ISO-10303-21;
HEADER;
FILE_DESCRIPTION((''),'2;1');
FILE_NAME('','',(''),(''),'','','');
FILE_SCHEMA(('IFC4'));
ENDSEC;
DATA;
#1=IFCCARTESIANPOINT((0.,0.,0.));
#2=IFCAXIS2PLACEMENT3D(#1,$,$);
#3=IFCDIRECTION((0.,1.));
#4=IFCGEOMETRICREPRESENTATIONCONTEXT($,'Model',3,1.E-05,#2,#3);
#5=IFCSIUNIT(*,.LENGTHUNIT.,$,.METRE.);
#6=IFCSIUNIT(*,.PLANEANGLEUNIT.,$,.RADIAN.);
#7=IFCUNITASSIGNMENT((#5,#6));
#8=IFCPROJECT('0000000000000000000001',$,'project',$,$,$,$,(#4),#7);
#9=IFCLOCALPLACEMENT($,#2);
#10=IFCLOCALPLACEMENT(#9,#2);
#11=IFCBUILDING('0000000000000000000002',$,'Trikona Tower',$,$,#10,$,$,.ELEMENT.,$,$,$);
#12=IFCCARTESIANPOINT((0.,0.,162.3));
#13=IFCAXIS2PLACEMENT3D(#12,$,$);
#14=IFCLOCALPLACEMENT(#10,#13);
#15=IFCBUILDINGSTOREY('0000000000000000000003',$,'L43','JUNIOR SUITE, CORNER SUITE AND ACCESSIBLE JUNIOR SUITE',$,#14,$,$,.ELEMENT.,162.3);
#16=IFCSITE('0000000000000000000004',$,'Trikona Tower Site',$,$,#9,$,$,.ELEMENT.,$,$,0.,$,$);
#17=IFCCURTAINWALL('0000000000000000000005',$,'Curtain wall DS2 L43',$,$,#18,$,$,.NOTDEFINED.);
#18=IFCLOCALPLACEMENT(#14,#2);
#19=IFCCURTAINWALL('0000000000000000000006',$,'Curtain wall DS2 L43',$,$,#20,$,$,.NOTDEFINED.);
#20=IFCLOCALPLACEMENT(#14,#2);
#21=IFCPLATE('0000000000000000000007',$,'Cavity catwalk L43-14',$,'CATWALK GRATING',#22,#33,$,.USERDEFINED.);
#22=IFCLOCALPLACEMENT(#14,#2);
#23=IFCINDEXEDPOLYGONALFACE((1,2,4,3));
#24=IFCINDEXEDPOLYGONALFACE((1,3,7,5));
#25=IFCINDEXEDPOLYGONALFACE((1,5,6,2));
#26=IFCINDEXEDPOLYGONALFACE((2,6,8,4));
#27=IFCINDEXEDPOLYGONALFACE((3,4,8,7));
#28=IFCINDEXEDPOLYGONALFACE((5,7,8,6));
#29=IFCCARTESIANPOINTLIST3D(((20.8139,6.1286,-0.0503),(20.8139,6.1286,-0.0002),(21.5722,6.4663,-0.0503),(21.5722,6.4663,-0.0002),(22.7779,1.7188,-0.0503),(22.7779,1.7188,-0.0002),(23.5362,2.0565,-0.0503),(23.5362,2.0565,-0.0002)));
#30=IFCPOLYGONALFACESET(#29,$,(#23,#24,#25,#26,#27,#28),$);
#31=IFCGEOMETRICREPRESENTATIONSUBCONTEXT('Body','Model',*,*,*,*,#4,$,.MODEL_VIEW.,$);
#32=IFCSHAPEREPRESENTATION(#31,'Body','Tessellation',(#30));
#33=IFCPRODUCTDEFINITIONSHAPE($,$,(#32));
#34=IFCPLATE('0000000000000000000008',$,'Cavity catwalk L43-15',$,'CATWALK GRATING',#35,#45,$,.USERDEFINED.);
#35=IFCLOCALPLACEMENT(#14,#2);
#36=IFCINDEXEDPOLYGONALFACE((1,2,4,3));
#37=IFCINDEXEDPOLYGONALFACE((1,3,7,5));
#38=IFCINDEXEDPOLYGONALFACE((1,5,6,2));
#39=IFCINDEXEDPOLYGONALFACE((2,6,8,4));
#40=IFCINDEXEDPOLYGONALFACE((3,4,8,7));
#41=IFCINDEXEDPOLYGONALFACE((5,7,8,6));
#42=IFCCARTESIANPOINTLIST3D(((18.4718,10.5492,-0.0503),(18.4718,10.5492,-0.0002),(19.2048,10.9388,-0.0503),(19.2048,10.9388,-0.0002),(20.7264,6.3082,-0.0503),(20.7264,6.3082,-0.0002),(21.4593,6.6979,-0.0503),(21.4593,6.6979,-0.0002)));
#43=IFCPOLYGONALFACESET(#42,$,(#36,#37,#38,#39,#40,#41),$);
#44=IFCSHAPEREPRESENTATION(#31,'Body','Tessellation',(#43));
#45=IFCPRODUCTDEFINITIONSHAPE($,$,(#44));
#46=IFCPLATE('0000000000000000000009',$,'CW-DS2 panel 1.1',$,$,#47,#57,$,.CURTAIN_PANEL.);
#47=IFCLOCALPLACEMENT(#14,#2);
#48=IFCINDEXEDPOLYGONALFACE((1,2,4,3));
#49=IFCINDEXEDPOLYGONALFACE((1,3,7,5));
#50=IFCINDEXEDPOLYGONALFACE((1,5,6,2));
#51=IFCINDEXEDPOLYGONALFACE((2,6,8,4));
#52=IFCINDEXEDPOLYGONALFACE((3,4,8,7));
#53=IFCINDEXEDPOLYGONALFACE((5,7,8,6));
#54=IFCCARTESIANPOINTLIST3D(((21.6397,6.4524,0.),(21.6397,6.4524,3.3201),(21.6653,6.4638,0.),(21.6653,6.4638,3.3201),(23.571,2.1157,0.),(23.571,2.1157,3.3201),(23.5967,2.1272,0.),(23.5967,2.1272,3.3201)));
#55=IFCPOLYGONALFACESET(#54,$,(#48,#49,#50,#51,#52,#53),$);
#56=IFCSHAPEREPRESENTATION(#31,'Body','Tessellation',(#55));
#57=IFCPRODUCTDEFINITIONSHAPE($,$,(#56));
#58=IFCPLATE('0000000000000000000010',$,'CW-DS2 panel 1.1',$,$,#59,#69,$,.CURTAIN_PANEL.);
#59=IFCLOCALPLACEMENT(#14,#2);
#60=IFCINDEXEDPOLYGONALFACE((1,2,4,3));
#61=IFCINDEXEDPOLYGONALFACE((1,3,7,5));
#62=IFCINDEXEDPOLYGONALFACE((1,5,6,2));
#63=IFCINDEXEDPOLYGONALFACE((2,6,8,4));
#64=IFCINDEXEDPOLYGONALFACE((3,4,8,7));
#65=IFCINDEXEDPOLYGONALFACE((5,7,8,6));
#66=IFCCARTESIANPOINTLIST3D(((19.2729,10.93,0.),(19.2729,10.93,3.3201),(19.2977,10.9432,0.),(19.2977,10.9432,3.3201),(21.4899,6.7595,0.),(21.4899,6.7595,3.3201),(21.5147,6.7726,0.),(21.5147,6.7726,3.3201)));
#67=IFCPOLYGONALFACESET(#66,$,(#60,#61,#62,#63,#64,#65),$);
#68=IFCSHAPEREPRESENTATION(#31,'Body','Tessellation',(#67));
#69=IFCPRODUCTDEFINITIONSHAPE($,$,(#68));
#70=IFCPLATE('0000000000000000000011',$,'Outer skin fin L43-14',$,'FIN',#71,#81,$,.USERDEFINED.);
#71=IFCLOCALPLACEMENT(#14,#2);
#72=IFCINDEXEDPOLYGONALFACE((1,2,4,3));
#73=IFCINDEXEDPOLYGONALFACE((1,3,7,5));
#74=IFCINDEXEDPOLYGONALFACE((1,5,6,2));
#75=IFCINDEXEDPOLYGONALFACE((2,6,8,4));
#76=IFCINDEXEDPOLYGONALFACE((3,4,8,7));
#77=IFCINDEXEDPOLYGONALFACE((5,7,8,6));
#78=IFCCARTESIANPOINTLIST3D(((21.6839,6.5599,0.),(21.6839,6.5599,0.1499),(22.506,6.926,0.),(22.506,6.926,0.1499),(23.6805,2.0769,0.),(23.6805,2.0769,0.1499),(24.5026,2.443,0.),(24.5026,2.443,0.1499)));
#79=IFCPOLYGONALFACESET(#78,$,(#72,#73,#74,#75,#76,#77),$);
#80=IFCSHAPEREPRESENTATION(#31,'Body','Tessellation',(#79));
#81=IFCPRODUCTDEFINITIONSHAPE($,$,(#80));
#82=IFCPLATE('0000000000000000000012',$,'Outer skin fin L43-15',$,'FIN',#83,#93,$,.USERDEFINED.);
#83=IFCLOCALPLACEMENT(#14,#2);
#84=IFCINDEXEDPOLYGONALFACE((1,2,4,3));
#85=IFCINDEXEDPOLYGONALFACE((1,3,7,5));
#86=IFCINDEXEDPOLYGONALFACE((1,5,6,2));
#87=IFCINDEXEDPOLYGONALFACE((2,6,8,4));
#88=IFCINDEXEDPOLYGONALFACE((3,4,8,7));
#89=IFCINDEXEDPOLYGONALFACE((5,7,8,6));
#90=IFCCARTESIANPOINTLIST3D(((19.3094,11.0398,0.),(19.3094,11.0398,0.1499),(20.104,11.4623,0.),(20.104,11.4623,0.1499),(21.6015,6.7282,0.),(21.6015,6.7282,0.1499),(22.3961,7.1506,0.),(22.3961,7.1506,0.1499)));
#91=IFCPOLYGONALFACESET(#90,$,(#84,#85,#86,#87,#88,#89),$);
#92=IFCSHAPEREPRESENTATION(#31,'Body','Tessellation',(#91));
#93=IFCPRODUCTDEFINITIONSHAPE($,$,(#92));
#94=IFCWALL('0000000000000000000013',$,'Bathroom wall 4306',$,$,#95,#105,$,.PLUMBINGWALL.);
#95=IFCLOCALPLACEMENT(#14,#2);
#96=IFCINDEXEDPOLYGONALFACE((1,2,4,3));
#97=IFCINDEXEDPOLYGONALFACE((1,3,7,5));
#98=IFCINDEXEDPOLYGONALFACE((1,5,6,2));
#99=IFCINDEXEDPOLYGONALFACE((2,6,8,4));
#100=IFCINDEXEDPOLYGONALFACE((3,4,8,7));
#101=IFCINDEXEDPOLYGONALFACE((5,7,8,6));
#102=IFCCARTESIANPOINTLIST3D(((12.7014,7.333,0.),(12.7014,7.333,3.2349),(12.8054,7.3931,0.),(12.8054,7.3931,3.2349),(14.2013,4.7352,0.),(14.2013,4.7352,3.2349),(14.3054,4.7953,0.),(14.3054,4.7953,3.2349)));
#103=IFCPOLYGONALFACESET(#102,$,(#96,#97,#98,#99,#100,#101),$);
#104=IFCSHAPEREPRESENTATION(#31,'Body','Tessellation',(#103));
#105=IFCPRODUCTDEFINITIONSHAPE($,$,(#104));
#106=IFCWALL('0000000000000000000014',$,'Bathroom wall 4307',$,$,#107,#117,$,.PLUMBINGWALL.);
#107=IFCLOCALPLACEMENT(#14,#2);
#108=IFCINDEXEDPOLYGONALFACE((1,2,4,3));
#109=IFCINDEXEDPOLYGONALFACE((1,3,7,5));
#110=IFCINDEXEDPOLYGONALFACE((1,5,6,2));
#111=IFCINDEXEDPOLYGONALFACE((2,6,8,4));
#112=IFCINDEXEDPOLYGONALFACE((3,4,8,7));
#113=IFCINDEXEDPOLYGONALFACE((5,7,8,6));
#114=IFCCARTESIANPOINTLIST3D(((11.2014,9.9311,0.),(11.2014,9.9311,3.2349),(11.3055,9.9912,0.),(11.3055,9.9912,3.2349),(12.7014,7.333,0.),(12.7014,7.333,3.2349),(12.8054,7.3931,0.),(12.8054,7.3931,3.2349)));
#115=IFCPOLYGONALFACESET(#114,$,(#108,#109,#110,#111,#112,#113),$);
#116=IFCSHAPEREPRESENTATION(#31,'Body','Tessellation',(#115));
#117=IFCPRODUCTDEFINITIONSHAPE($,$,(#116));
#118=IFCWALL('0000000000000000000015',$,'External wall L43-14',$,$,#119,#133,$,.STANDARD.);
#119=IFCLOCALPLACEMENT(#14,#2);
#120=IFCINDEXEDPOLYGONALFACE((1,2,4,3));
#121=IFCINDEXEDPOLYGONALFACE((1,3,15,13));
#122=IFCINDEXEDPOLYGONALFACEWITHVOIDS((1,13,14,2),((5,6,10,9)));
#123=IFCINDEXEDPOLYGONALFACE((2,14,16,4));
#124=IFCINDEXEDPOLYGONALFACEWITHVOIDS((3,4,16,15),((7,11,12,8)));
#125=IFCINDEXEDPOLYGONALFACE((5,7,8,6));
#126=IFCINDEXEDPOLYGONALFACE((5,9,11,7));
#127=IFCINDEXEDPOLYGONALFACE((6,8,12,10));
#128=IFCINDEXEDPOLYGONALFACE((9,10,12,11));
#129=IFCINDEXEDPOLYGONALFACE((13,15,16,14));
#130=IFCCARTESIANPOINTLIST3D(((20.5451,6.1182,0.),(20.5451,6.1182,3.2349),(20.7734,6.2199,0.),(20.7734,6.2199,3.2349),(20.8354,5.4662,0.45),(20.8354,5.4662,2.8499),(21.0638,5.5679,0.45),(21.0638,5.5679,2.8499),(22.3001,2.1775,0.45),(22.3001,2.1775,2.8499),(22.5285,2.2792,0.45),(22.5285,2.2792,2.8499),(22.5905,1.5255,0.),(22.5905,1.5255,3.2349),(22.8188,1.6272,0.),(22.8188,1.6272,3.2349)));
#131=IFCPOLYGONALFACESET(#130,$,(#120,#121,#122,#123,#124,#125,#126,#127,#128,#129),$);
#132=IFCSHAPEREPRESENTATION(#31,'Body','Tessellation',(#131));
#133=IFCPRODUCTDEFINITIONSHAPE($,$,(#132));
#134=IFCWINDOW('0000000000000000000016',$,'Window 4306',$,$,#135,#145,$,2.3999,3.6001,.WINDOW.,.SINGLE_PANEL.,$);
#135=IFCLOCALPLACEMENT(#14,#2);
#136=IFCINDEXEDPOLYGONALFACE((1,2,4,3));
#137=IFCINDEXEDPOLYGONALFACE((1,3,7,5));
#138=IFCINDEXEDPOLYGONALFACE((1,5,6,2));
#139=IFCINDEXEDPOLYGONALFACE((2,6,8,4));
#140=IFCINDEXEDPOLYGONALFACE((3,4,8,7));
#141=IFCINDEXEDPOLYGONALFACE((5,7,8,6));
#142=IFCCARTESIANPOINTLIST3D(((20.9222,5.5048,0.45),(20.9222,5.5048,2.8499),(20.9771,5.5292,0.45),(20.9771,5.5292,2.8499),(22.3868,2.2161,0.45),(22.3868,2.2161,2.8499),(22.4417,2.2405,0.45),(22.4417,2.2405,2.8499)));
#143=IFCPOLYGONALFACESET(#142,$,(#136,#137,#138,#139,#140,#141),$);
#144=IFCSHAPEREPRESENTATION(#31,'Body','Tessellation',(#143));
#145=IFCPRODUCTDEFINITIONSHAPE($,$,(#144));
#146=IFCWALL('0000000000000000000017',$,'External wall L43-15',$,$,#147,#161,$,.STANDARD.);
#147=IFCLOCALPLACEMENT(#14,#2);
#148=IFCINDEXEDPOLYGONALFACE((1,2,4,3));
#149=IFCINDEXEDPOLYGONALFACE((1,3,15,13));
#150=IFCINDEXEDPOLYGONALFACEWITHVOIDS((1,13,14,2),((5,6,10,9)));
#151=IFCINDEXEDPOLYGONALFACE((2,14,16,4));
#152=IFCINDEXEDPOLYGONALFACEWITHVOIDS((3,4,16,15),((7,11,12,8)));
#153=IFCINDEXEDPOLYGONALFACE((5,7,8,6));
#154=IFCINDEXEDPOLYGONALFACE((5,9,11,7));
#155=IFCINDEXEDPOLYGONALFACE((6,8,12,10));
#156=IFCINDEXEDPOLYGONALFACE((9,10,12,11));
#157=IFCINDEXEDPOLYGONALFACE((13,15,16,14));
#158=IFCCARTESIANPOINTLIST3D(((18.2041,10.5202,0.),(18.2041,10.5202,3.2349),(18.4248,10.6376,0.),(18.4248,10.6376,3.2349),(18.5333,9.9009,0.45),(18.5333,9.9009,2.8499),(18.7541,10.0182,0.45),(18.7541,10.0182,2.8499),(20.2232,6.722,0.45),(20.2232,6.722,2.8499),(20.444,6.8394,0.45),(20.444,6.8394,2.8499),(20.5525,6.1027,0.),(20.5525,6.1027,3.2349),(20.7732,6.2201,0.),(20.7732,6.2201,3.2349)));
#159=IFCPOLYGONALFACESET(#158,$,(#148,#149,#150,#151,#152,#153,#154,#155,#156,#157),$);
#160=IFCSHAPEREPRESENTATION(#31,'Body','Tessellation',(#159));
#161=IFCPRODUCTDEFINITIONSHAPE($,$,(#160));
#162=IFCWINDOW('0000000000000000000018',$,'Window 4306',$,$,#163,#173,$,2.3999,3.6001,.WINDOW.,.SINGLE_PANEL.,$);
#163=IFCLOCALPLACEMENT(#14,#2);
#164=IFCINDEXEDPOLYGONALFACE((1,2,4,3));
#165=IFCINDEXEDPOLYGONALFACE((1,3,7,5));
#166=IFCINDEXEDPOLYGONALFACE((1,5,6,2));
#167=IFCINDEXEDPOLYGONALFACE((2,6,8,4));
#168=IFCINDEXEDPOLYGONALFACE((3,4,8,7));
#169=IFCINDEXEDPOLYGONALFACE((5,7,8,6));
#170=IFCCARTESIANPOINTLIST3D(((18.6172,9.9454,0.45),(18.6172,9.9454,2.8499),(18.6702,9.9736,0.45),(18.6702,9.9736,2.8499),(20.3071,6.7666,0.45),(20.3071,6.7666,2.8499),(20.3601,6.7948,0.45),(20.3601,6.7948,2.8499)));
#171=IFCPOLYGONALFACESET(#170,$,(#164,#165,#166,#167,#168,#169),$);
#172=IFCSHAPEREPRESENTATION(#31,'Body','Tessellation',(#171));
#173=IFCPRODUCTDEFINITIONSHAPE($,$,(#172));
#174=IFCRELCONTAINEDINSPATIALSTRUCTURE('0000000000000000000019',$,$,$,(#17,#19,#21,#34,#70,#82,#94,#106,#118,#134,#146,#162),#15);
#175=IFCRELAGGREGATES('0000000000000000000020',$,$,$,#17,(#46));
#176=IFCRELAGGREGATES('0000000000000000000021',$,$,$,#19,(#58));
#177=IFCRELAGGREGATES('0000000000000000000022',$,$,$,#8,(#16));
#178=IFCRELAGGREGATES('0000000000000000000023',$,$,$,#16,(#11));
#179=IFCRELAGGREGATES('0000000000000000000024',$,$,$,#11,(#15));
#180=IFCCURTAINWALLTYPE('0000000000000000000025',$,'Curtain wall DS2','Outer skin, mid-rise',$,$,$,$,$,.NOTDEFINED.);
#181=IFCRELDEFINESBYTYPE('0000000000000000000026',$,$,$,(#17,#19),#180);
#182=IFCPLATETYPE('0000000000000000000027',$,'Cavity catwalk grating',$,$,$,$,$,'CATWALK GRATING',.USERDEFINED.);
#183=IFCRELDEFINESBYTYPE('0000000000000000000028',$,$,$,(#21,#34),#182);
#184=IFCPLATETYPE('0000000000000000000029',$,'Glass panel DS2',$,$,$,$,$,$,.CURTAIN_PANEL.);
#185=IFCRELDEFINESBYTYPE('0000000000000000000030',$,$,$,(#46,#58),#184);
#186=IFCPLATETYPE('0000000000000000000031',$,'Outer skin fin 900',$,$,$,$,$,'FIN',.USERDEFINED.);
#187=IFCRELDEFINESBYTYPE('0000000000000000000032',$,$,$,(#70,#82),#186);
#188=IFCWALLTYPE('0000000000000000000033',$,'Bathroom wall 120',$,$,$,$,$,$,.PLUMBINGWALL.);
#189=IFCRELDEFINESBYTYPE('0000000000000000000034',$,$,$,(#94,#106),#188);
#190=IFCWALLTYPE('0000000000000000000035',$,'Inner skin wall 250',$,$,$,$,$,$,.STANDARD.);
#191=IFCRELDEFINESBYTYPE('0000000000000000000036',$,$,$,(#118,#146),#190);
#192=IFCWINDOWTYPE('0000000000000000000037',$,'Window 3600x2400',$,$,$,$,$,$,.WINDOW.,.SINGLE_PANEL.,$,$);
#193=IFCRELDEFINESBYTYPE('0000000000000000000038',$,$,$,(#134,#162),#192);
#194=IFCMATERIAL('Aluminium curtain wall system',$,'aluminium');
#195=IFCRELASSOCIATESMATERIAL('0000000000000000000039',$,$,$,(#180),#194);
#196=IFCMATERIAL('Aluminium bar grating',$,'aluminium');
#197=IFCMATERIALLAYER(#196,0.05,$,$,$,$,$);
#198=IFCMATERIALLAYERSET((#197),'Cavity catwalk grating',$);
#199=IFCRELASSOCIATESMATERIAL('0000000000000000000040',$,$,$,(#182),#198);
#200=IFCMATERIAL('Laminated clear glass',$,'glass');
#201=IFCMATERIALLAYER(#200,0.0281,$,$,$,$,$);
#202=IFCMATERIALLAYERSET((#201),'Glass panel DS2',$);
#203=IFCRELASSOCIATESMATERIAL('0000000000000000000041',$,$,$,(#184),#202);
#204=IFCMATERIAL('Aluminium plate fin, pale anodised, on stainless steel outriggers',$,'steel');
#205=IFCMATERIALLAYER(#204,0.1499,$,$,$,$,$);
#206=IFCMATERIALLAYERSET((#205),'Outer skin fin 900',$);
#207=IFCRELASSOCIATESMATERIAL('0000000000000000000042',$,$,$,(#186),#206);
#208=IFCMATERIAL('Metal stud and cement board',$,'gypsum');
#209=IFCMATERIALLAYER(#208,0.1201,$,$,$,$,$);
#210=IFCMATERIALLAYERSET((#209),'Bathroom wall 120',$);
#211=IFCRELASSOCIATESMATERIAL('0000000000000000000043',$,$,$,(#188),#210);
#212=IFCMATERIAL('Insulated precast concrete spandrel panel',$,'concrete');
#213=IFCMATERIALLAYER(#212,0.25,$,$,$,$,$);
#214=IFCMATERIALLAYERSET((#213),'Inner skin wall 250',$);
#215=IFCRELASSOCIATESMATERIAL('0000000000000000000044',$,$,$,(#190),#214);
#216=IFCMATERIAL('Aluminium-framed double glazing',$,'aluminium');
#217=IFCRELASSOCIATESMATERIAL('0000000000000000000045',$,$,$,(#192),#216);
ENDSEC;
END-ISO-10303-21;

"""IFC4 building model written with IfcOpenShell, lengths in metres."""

from ifc_helpers import new_model, si_unit, direction, frame, frame_2d, origin, origin_2d, place, context, subcontext, project, spatial, rectangle, extrude, material, layer, layer_set, type_object, element, fill, aggregate, save


model = new_model("IFC4")

# Units and contexts
model_context = context("Model", 3, precision=1e-05, world=origin(), true_north=direction((0.0, 1.0)))
body_context = subcontext(model_context, "Body", "Model", "MODEL_VIEW")
ifc_project = project(units=[si_unit("LENGTHUNIT", "METRE"), si_unit("PLANEANGLEUNIT", "RADIAN")], contexts=[model_context])

# Site, building, storey
site_placement = place(None, origin())
site = spatial("IfcSite", under=ifc_project, at=site_placement, Name="Trikona Tower Site", CompositionType="ELEMENT", RefElevation=0.0)
building_placement = place(site_placement, origin())
building = spatial("IfcBuilding", under=site, at=building_placement, Name="Trikona Tower", CompositionType="ELEMENT")
storey_placement = place(building_placement, frame((0.0, 0.0, 162.3)))
storey = spatial("IfcBuildingStorey", under=building, at=storey_placement, Name="L43", Description="JUNIOR SUITE, CORNER SUITE AND ACCESSIBLE JUNIOR SUITE", CompositionType="ELEMENT", Elevation=162.3)

# Shared definitions
ifc_material_1 = material(Name="Aluminium curtain wall system", Category="aluminium")
curtain_wall_type = type_object("IfcCurtainWallType", Name="Curtain wall DS2", Description="Outer skin, mid-rise", PredefinedType="NOTDEFINED", material=ifc_material_1)

# Curtain walls
curtain_wall_1_placement = place(storey_placement, origin())
curtain_wall_1 = element("IfcCurtainWall", 1, at=curtain_wall_1_placement, inside=storey, type_object=curtain_wall_type, Name="Curtain wall DS2 L43", PredefinedType="NOTDEFINED")
curtain_wall_2_placement = place(storey_placement, origin())
curtain_wall_2 = element("IfcCurtainWall", 2, at=curtain_wall_2_placement, inside=storey, type_object=curtain_wall_type, Name="Curtain wall DS2 L43", PredefinedType="NOTDEFINED")

# Plates
ifc_material_2 = material(Name="Aluminium bar grating", Category="aluminium")
ifc_layer_1 = layer(ifc_material_2, 0.05)
ifc_layer_set_1 = layer_set([ifc_layer_1], Name="Cavity catwalk grating")
plate_type_1 = type_object("IfcPlateType", Name="Cavity catwalk grating", ElementType="CATWALK GRATING", PredefinedType="USERDEFINED", material=ifc_layer_set_1)
plate_1_placement = place(storey_placement, frame((22.175, 4.0925, -0.0503), z_axis=(0.0, 0.0, 1.0), x_axis=(-0.406843, 0.913498, 0.0)))
element("IfcPlate", 3, at=plate_1_placement, inside=storey, type_object=plate_type_1, Name="Cavity catwalk L43-14", ObjectType="CATWALK GRATING", PredefinedType="USERDEFINED", context=body_context, shape_type="SweptSolid", body=[
    extrude(rectangle(XDim=4.8274, YDim=0.8301, at=origin_2d()), origin(), (0.0, 0.0, 1.0), 0.05),
])
plate_2_placement = place(storey_placement, frame((19.9656, 8.6235, -0.0503), z_axis=(0.0, 0.0, 1.0), x_axis=(-0.469398, 0.882987, 0.0)))
element("IfcPlate", 4, at=plate_2_placement, inside=storey, type_object=plate_type_1, Name="Cavity catwalk L43-15", ObjectType="CATWALK GRATING", PredefinedType="USERDEFINED", context=body_context, shape_type="SweptSolid", body=[
    extrude(rectangle(XDim=4.803, YDim=0.8301, at=origin_2d()), origin(), (0.0, 0.0, 1.0), 0.05),
])

# Plates
ifc_material_3 = material(Name="Laminated clear glass", Category="glass")
ifc_layer_2 = layer(ifc_material_3, 0.0281)
ifc_layer_set_2 = layer_set([ifc_layer_2], Name="Glass panel DS2")
plate_type_2 = type_object("IfcPlateType", Name="Glass panel DS2", PredefinedType="CURTAIN_PANEL", material=ifc_layer_set_2)
plate_3_placement = place(storey_placement, frame((22.6182, 4.2898, 0.0), z_axis=(0.0, 0.0, 1.0), x_axis=(-0.406836, 0.913501, 0.0)))
plate_3 = element("IfcPlate", 5, at=plate_3_placement, type_object=plate_type_2, Name="CW-DS2 panel 1.1", PredefinedType="CURTAIN_PANEL", context=body_context, shape_type="SweptSolid", body=[
    extrude(rectangle(XDim=4.7473, YDim=0.0281, at=origin_2d()), origin(), (0.0, 0.0, 1.0), 3.3201),
])
aggregate(curtain_wall_1, [plate_3])
plate_4_placement = place(storey_placement, frame((20.3938, 8.8513, 0.0), z_axis=(0.0, 0.0, 1.0), x_axis=(-0.46938, 0.882996, 0.0)))
plate_4 = element("IfcPlate", 6, at=plate_4_placement, type_object=plate_type_2, Name="CW-DS2 panel 1.1", PredefinedType="CURTAIN_PANEL", context=body_context, shape_type="SweptSolid", body=[
    extrude(rectangle(XDim=4.7231, YDim=0.0281, at=origin_2d()), origin(), (0.0, 0.0, 1.0), 3.3201),
])
aggregate(curtain_wall_2, [plate_4])

# Plates
ifc_material_4 = material(Name="Aluminium plate fin, pale anodised, on stainless steel outriggers", Category="steel")
ifc_layer_3 = layer(ifc_material_4, 0.1499)
ifc_layer_set_3 = layer_set([ifc_layer_3], Name="Outer skin fin 900")
plate_type_3 = type_object("IfcPlateType", Name="Outer skin fin 900", ElementType="FIN", PredefinedType="USERDEFINED", material=ifc_layer_set_3)
plate_5_placement = place(storey_placement, frame((23.0933, 4.5015, 0.0), z_axis=(0.0, 0.0, 1.0), x_axis=(-0.406843, 0.913498, 0.0)))
element("IfcPlate", 7, at=plate_5_placement, inside=storey, type_object=plate_type_3, Name="Outer skin fin L43-14", ObjectType="FIN", PredefinedType="USERDEFINED", context=body_context, shape_type="SweptSolid", body=[
    extrude(rectangle(XDim=4.9075, YDim=0.8999, at=origin_2d()), origin(), (0.0, 0.0, 1.0), 0.1499),
])
plate_6_placement = place(storey_placement, frame((20.8528, 9.0952, 0.0), z_axis=(0.0, 0.0, 1.0), x_axis=(-0.469398, 0.882987, 0.0)))
element("IfcPlate", 8, at=plate_6_placement, inside=storey, type_object=plate_type_3, Name="Outer skin fin L43-15", ObjectType="FIN", PredefinedType="USERDEFINED", context=body_context, shape_type="SweptSolid", body=[
    extrude(rectangle(XDim=4.8831, YDim=0.8999, at=origin_2d()), origin(), (0.0, 0.0, 1.0), 0.1499),
])

# Walls
ifc_material_5 = material(Name="Metal stud and cement board", Category="gypsum")
ifc_layer_4 = layer(ifc_material_5, 0.1201)
ifc_layer_set_4 = layer_set([ifc_layer_4], Name="Bathroom wall 120")
wall_type_1 = type_object("IfcWallType", Name="Bathroom wall 120", PredefinedType="PLUMBINGWALL", material=ifc_layer_set_4)
wall_1_placement = place(storey_placement, frame((14.2534, 4.7651, 0.0), z_axis=(0.0, 0.0, 1.0), x_axis=(-0.500025, 0.866011, 0.0)))
element("IfcWall", 9, at=wall_1_placement, inside=storey, type_object=wall_type_1, Name="Bathroom wall 4306", PredefinedType="PLUMBINGWALL", context=body_context, shape_type="SweptSolid", body=[
    extrude(rectangle(XDim=2.9998, YDim=0.1201, at=frame_2d((1.5, 0.0))), origin(), (0.0, 0.0, 1.0), 3.2349),
])
wall_2_placement = place(storey_placement, frame((12.7534, 7.363, 0.0), z_axis=(0.0, 0.0, 1.0), x_axis=(-0.49999, 0.866031, 0.0)))
element("IfcWall", 10, at=wall_2_placement, inside=storey, type_object=wall_type_1, Name="Bathroom wall 4307", PredefinedType="PLUMBINGWALL", context=body_context, shape_type="SweptSolid", body=[
    extrude(rectangle(XDim=3.0, YDim=0.1201, at=frame_2d((1.5, 0.0))), origin(), (0.0, 0.0, 1.0), 3.2349),
])

# Walls, openings, windows
ifc_material_6 = material(Name="Insulated precast concrete spandrel panel", Category="concrete")
ifc_layer_5 = layer(ifc_material_6, 0.25)
ifc_layer_set_5 = layer_set([ifc_layer_5], Name="Inner skin wall 250")
wall_type_2 = type_object("IfcWallType", Name="Inner skin wall 250", PredefinedType="STANDARD", material=ifc_layer_set_5)
wall_3_placement = place(storey_placement, frame((22.7046, 1.5764, 0.0), z_axis=(0.0, 0.0, 1.0), x_axis=(-0.406832, 0.913503, 0.0)))
wall_3 = element("IfcWall", 11, at=wall_3_placement, inside=storey, type_object=wall_type_2, Name="External wall L43-14", PredefinedType="STANDARD", context=body_context, shape_type="SweptSolid", body=[
    extrude(rectangle(XDim=5.0276, YDim=0.25, at=frame_2d((2.5137, 0.0))), origin(), (0.0, 0.0, 1.0), 3.2349),
])
opening_1_placement = place(wall_3_placement, frame((0.7136, 0.0, 0.45)))
opening_1 = element("IfcOpeningElement", 12, at=opening_1_placement, cuts=wall_3, PredefinedType="OPENING", context=body_context, shape_type="SweptSolid", body=[
    extrude(rectangle(XDim=3.6001, YDim=2.3999, at=frame_2d((1.8, 1.2))), frame((0.0, 0.135, 0.0), z_axis=(0.0, -1.0, 0.0), x_axis=(1.0, 0.0, 0.0)), (0.0, 0.0, 1.0), 0.27),
])
ifc_material_7 = material(Name="Aluminium-framed double glazing", Category="aluminium")
window_type = type_object("IfcWindowType", Name="Window 3600x2400", PartitioningType="SINGLE_PANEL", PredefinedType="WINDOW", material=ifc_material_7)
window_1_placement = place(opening_1_placement, origin())
window_1 = element("IfcWindow", 13, at=window_1_placement, inside=storey, type_object=window_type, Name="Window 4306", OverallHeight=2.3999, OverallWidth=3.6001, PartitioningType="SINGLE_PANEL", PredefinedType="WINDOW", context=body_context, shape_type="SweptSolid", body=[
    extrude(rectangle(XDim=3.6001, YDim=2.3999, at=frame_2d((1.8, 1.2))), frame((0.0, 0.03, 0.0), z_axis=(0.0, -1.0, 0.0), x_axis=(1.0, 0.0, 0.0)), (0.0, 0.0, 1.0), 0.0601),
])
fill(opening_1, window_1)
wall_4_placement = place(storey_placement, frame((20.6628, 6.1614, 0.0), z_axis=(0.0, 0.0, 1.0), x_axis=(-0.469405, 0.882983, 0.0)))
wall_4 = element("IfcWall", 14, at=wall_4_placement, inside=storey, type_object=wall_type_2, Name="External wall L43-15", PredefinedType="STANDARD", context=body_context, shape_type="SweptSolid", body=[
    extrude(rectangle(XDim=5.0029, YDim=0.25, at=frame_2d((2.5015, 0.0))), origin(), (0.0, 0.0, 1.0), 3.2349),
])
opening_2_placement = place(wall_4_placement, frame((0.7014, 0.0, 0.45)))
opening_2 = element("IfcOpeningElement", 15, at=opening_2_placement, cuts=wall_4, PredefinedType="OPENING", context=body_context, shape_type="SweptSolid", body=[
    extrude(rectangle(XDim=3.6001, YDim=2.3999, at=frame_2d((1.8, 1.2))), frame((0.0, 0.135, 0.0), z_axis=(0.0, -1.0, 0.0), x_axis=(1.0, 0.0, 0.0)), (0.0, 0.0, 1.0), 0.27),
])
window_2_placement = place(opening_2_placement, origin())
window_2 = element("IfcWindow", 16, at=window_2_placement, inside=storey, type_object=window_type, Name="Window 4306", OverallHeight=2.3999, OverallWidth=3.6001, PartitioningType="SINGLE_PANEL", PredefinedType="WINDOW", context=body_context, shape_type="SweptSolid", body=[
    extrude(rectangle(XDim=3.6001, YDim=2.3999, at=frame_2d((1.8, 1.2))), frame((0.0, 0.03, 0.0), z_axis=(0.0, -1.0, 0.0), x_axis=(1.0, 0.0, 0.0)), (0.0, 0.0, 1.0), 0.0601),
])
fill(opening_2, window_2)

save(model, "model.ifc")
